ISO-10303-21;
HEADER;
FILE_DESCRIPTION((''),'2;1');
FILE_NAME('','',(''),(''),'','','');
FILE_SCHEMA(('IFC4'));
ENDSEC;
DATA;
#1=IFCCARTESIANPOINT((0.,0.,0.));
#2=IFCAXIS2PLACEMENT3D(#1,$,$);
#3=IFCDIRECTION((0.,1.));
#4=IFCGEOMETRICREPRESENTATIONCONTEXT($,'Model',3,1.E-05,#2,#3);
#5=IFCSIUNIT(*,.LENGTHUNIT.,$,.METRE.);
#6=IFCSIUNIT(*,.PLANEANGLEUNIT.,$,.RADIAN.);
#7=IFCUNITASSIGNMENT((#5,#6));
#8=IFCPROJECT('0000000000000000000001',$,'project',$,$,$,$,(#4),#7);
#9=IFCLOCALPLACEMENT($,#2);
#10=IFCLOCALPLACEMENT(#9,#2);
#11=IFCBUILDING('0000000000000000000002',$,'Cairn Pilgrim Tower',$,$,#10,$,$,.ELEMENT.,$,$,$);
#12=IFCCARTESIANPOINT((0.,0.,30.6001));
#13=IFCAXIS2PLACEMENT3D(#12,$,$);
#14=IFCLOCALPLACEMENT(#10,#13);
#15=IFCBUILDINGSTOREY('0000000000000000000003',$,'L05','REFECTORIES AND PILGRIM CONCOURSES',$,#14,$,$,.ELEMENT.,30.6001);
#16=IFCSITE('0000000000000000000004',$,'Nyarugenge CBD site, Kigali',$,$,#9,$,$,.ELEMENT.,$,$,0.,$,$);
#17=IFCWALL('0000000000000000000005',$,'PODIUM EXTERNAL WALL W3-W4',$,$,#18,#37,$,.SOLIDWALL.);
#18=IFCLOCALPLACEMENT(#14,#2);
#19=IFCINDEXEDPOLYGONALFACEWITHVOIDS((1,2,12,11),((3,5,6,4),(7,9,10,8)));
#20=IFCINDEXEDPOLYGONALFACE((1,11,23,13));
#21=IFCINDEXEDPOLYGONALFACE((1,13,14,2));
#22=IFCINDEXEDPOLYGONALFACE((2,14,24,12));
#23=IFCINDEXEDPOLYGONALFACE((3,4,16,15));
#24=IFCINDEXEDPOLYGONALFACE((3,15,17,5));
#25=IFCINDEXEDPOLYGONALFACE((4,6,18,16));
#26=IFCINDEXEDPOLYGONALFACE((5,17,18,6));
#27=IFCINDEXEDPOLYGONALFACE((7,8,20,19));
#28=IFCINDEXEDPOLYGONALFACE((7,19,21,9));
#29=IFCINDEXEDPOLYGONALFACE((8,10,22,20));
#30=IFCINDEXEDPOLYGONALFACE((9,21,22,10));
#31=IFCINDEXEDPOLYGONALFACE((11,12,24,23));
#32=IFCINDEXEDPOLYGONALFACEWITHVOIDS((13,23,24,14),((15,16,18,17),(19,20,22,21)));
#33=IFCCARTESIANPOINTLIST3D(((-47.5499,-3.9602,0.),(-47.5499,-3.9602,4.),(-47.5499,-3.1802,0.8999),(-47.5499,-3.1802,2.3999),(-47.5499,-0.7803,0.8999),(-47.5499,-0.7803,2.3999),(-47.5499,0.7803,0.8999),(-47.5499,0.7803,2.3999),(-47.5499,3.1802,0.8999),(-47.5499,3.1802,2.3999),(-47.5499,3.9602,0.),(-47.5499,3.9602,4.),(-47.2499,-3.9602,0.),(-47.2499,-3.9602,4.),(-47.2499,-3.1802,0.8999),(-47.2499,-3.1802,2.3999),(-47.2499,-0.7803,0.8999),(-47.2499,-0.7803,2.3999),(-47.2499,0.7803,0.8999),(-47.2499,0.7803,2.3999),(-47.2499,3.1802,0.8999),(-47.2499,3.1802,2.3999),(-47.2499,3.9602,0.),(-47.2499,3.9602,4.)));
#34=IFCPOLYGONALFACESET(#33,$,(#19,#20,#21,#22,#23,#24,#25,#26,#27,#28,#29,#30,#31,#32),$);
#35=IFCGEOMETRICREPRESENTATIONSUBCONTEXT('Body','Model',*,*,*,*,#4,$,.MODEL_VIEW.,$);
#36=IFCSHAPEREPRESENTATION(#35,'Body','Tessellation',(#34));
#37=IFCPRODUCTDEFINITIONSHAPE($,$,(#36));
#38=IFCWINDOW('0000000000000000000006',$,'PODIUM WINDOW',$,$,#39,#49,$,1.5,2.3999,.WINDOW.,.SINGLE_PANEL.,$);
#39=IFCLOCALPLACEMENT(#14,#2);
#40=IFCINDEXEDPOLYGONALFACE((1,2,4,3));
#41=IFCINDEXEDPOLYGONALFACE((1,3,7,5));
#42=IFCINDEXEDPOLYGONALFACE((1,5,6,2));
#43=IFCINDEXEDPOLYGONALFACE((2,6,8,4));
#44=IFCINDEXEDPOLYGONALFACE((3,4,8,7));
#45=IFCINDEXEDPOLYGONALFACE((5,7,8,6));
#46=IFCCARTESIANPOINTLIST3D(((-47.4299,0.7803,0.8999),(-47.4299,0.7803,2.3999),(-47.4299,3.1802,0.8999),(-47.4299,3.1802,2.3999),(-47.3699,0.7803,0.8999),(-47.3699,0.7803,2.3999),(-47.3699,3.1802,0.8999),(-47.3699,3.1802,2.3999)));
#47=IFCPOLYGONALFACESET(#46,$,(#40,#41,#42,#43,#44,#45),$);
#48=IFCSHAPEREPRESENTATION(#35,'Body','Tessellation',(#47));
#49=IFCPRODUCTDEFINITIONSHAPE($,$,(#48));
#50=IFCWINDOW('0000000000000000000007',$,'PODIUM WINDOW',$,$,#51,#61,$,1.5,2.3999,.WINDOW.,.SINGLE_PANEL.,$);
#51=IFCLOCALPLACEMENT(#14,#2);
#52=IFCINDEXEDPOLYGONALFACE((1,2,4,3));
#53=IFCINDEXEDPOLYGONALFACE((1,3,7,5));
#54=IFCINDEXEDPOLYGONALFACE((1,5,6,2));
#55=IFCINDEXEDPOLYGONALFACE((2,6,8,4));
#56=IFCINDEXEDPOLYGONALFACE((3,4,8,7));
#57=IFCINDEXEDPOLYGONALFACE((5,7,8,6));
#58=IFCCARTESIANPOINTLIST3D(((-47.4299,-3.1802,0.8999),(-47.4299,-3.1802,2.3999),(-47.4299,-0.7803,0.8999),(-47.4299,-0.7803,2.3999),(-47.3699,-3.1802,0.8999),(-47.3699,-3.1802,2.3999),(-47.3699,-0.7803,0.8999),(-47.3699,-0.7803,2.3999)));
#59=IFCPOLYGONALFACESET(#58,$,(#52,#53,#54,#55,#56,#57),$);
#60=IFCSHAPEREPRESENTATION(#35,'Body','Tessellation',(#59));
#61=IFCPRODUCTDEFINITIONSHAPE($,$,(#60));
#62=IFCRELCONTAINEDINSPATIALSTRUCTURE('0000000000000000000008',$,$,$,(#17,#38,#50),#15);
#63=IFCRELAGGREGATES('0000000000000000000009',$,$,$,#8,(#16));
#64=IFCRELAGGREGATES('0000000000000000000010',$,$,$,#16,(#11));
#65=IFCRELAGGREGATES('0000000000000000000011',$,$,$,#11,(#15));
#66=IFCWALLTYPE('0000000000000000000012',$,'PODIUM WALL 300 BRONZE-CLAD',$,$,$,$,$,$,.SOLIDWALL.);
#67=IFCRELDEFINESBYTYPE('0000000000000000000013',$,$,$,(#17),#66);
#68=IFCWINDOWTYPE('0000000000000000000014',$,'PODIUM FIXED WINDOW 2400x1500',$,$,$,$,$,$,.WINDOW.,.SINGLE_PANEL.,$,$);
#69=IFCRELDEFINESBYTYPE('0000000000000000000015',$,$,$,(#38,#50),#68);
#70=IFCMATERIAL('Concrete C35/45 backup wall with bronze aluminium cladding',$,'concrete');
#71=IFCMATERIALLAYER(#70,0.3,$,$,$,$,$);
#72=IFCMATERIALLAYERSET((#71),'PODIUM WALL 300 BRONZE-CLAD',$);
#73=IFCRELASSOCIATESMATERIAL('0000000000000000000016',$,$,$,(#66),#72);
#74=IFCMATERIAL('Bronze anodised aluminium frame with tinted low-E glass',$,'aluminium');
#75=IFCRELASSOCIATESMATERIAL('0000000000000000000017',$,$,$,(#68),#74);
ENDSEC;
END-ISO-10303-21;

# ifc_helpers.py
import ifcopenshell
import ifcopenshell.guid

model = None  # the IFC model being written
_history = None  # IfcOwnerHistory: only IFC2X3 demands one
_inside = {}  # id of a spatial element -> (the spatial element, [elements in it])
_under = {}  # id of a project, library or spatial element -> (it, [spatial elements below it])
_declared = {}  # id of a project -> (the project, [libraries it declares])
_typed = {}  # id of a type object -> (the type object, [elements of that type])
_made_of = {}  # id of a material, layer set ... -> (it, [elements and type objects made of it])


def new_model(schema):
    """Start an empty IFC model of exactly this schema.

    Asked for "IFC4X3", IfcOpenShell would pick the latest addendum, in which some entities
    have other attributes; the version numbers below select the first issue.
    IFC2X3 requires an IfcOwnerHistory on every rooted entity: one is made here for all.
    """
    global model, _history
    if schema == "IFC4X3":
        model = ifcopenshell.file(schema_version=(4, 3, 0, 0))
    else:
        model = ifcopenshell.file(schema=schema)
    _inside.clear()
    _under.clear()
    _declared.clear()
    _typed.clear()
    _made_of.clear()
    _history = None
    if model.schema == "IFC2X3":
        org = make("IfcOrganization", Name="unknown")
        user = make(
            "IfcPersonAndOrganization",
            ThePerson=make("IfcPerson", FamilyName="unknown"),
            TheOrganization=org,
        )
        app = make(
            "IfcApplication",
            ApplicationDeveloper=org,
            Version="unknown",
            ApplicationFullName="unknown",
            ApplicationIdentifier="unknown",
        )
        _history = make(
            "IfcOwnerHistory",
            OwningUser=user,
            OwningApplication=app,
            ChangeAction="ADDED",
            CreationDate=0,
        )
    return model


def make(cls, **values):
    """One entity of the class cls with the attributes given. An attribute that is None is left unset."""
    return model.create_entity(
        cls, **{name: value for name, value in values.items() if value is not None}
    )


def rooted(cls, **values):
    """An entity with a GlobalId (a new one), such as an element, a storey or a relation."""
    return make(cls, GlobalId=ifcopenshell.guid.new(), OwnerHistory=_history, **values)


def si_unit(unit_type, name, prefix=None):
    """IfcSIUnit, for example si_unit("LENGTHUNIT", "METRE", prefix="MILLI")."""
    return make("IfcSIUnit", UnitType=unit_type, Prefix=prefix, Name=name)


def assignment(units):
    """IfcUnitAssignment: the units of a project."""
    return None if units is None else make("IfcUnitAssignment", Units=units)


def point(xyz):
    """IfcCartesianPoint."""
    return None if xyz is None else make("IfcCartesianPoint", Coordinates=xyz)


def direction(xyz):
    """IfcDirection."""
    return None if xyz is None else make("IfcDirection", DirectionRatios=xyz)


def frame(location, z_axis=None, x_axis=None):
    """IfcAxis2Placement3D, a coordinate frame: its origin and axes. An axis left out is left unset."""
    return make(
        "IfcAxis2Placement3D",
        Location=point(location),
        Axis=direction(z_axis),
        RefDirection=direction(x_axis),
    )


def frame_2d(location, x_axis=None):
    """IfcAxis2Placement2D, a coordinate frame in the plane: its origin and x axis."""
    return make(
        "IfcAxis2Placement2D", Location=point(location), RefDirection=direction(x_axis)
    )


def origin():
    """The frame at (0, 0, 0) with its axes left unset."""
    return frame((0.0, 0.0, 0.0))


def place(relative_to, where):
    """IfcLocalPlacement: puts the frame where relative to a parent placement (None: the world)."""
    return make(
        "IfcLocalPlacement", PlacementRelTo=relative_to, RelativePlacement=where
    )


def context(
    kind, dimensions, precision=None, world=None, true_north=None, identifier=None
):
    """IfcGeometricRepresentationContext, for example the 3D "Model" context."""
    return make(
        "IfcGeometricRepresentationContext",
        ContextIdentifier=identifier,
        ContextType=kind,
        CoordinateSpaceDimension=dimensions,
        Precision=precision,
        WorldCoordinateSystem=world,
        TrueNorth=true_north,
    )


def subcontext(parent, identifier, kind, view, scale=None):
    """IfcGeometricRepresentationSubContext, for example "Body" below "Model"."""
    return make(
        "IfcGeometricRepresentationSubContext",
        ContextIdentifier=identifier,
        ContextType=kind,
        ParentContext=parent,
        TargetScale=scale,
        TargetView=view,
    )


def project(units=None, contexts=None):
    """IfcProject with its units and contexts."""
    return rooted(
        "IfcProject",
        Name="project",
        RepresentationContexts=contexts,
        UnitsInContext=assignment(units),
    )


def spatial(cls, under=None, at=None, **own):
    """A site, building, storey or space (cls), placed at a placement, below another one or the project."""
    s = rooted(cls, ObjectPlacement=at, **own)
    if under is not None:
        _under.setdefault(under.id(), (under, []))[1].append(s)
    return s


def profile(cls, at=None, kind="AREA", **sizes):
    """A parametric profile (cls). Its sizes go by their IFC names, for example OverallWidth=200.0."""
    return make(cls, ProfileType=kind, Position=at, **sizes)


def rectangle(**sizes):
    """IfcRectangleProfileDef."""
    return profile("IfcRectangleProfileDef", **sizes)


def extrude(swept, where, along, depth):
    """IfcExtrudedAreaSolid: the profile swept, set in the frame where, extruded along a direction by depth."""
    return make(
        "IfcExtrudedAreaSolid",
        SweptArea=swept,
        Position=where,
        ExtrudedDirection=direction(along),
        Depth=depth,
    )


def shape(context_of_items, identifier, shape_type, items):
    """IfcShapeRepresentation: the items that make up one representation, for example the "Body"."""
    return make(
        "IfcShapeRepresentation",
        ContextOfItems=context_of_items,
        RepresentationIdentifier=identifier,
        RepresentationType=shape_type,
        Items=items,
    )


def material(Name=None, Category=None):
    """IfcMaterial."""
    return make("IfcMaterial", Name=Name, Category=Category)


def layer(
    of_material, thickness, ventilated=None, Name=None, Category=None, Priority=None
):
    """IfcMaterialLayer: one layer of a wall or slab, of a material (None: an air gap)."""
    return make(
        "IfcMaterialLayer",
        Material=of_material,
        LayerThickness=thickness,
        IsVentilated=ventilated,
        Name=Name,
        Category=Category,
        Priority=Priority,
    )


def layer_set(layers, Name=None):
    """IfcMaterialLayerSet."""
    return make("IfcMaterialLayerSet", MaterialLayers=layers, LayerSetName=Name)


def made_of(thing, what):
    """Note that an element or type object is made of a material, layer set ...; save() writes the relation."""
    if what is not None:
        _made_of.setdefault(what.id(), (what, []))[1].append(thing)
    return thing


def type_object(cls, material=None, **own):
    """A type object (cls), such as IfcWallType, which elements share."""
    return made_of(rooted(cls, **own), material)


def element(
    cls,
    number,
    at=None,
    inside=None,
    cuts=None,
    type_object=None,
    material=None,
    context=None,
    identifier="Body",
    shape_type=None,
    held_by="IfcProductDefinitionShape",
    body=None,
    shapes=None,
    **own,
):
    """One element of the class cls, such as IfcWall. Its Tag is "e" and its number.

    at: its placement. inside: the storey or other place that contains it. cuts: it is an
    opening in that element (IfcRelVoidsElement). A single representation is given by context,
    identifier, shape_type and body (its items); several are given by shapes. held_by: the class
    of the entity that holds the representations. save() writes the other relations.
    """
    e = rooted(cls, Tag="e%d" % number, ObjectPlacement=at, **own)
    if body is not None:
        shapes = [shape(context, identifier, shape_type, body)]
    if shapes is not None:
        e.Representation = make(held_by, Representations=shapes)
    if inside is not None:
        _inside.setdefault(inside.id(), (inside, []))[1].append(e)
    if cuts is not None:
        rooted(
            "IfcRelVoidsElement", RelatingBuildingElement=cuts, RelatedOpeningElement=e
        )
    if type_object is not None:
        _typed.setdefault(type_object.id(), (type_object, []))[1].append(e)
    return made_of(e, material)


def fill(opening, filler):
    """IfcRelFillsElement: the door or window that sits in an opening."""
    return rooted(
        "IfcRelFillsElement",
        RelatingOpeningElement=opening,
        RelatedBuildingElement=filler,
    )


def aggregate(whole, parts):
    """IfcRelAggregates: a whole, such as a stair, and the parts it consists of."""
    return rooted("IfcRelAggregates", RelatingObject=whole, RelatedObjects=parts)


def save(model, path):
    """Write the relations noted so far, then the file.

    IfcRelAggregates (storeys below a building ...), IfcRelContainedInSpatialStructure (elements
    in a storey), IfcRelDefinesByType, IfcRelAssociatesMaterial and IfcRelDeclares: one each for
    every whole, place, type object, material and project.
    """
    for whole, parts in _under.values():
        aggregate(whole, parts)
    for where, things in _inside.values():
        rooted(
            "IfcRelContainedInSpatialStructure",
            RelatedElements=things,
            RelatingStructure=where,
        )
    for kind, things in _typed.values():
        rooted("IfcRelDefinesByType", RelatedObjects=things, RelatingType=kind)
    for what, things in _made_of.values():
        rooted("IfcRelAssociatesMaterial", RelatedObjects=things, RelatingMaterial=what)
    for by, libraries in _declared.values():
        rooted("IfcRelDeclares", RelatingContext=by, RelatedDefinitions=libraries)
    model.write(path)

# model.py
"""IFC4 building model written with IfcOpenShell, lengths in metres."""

from ifc_helpers import new_model, si_unit, direction, frame, frame_2d, origin, place, context, subcontext, project, spatial, rectangle, extrude, material, layer, layer_set, type_object, element, fill, save


model = new_model("IFC4")

# Units and contexts
model_context = context("Model", 3, precision=1e-05, world=origin(), true_north=direction((0.0, 1.0)))
body_context = subcontext(model_context, "Body", "Model", "MODEL_VIEW")
ifc_project = project(units=[si_unit("LENGTHUNIT", "METRE"), si_unit("PLANEANGLEUNIT", "RADIAN")], contexts=[model_context])

# Site, building, storey
site_placement = place(None, origin())
site = spatial("IfcSite", under=ifc_project, at=site_placement, Name="Nyarugenge CBD site, Kigali", CompositionType="ELEMENT", RefElevation=0.0)
building_placement = place(site_placement, origin())
building = spatial("IfcBuilding", under=site, at=building_placement, Name="Cairn Pilgrim Tower", CompositionType="ELEMENT")
storey_placement = place(building_placement, frame((0.0, 0.0, 30.6001)))
storey = spatial("IfcBuildingStorey", under=building, at=storey_placement, Name="L05", Description="REFECTORIES AND PILGRIM CONCOURSES", CompositionType="ELEMENT", Elevation=30.6001)

# Wall, openings, windows
ifc_material_1 = material(Name="Concrete C35/45 backup wall with bronze aluminium cladding", Category="concrete")
ifc_layer_1 = layer(ifc_material_1, 0.3)
ifc_layer_set_1 = layer_set([ifc_layer_1], Name="PODIUM WALL 300 BRONZE-CLAD")
wall_type = type_object("IfcWallType", Name="PODIUM WALL 300 BRONZE-CLAD", PredefinedType="SOLIDWALL", material=ifc_layer_set_1)
ifc_material_2 = material(Name="Bronze anodised aluminium frame with tinted low-E glass", Category="aluminium")
window_type = type_object("IfcWindowType", Name="PODIUM FIXED WINDOW 2400x1500", PartitioningType="SINGLE_PANEL", PredefinedType="WINDOW", material=ifc_material_2)
wall_1_placement = place(storey_placement, frame((-47.3999, 3.9602, 0.0), z_axis=(0.0, 0.0, 1.0), x_axis=(0.0, -1.0, 0.0)))
wall_1 = element("IfcWall", 1, at=wall_1_placement, inside=storey, type_object=wall_type, Name="PODIUM EXTERNAL WALL W3-W4", PredefinedType="SOLIDWALL", context=body_context, shape_type="SweptSolid", body=[
    extrude(rectangle(XDim=7.9204, YDim=0.3, at=frame_2d((3.9602, 0.0))), origin(), (0.0, 0.0, 1.0), 4.0),
])
opening_1_placement = place(wall_1_placement, frame((0.78, 0.0, 0.8999)))
opening_1 = element("IfcOpeningElement", 2, at=opening_1_placement, cuts=wall_1, PredefinedType="OPENING", context=body_context, shape_type="SweptSolid", body=[
    extrude(rectangle(XDim=2.3999, YDim=1.5, at=frame_2d((1.2, 0.75))), frame((0.0, 0.1602, 0.0), z_axis=(0.0, -1.0, 0.0), x_axis=(1.0, 0.0, 0.0)), (0.0, 0.0, 1.0), 0.3201),
])
opening_2_placement = place(wall_1_placement, frame((4.7405, 0.0, 0.8999)))
opening_2 = element("IfcOpeningElement", 3, at=opening_2_placement, cuts=wall_1, PredefinedType="OPENING", context=body_context, shape_type="SweptSolid", body=[
    extrude(rectangle(XDim=2.3999, YDim=1.5, at=frame_2d((1.2, 0.75))), frame((0.0, 0.1602, 0.0), z_axis=(0.0, -1.0, 0.0), x_axis=(1.0, 0.0, 0.0)), (0.0, 0.0, 1.0), 0.3201),
])
window_1_placement = place(opening_1_placement, origin())
window_1 = element("IfcWindow", 4, at=window_1_placement, inside=storey, type_object=window_type, Name="PODIUM WINDOW", OverallHeight=1.5, OverallWidth=2.3999, PartitioningType="SINGLE_PANEL", PredefinedType="WINDOW", context=body_context, shape_type="SweptSolid", body=[
    extrude(rectangle(XDim=2.3999, YDim=1.5, at=frame_2d((1.2, 0.75))), frame((0.0, 0.03, 0.0), z_axis=(0.0, -1.0, 0.0), x_axis=(1.0, 0.0, 0.0)), (0.0, 0.0, 1.0), 0.0601),
])
fill(opening_1, window_1)
window_2_placement = place(opening_2_placement, origin())
window_2 = element("IfcWindow", 5, at=window_2_placement, inside=storey, type_object=window_type, Name="PODIUM WINDOW", OverallHeight=1.5, OverallWidth=2.3999, PartitioningType="SINGLE_PANEL", PredefinedType="WINDOW", context=body_context, shape_type="SweptSolid", body=[
    extrude(rectangle(XDim=2.3999, YDim=1.5, at=frame_2d((1.2, 0.75))), frame((0.0, 0.03, 0.0), z_axis=(0.0, -1.0, 0.0), x_axis=(1.0, 0.0, 0.0)), (0.0, 0.0, 1.0), 0.0601),
])
fill(opening_2, window_2)

save(model, "model.ifc")
